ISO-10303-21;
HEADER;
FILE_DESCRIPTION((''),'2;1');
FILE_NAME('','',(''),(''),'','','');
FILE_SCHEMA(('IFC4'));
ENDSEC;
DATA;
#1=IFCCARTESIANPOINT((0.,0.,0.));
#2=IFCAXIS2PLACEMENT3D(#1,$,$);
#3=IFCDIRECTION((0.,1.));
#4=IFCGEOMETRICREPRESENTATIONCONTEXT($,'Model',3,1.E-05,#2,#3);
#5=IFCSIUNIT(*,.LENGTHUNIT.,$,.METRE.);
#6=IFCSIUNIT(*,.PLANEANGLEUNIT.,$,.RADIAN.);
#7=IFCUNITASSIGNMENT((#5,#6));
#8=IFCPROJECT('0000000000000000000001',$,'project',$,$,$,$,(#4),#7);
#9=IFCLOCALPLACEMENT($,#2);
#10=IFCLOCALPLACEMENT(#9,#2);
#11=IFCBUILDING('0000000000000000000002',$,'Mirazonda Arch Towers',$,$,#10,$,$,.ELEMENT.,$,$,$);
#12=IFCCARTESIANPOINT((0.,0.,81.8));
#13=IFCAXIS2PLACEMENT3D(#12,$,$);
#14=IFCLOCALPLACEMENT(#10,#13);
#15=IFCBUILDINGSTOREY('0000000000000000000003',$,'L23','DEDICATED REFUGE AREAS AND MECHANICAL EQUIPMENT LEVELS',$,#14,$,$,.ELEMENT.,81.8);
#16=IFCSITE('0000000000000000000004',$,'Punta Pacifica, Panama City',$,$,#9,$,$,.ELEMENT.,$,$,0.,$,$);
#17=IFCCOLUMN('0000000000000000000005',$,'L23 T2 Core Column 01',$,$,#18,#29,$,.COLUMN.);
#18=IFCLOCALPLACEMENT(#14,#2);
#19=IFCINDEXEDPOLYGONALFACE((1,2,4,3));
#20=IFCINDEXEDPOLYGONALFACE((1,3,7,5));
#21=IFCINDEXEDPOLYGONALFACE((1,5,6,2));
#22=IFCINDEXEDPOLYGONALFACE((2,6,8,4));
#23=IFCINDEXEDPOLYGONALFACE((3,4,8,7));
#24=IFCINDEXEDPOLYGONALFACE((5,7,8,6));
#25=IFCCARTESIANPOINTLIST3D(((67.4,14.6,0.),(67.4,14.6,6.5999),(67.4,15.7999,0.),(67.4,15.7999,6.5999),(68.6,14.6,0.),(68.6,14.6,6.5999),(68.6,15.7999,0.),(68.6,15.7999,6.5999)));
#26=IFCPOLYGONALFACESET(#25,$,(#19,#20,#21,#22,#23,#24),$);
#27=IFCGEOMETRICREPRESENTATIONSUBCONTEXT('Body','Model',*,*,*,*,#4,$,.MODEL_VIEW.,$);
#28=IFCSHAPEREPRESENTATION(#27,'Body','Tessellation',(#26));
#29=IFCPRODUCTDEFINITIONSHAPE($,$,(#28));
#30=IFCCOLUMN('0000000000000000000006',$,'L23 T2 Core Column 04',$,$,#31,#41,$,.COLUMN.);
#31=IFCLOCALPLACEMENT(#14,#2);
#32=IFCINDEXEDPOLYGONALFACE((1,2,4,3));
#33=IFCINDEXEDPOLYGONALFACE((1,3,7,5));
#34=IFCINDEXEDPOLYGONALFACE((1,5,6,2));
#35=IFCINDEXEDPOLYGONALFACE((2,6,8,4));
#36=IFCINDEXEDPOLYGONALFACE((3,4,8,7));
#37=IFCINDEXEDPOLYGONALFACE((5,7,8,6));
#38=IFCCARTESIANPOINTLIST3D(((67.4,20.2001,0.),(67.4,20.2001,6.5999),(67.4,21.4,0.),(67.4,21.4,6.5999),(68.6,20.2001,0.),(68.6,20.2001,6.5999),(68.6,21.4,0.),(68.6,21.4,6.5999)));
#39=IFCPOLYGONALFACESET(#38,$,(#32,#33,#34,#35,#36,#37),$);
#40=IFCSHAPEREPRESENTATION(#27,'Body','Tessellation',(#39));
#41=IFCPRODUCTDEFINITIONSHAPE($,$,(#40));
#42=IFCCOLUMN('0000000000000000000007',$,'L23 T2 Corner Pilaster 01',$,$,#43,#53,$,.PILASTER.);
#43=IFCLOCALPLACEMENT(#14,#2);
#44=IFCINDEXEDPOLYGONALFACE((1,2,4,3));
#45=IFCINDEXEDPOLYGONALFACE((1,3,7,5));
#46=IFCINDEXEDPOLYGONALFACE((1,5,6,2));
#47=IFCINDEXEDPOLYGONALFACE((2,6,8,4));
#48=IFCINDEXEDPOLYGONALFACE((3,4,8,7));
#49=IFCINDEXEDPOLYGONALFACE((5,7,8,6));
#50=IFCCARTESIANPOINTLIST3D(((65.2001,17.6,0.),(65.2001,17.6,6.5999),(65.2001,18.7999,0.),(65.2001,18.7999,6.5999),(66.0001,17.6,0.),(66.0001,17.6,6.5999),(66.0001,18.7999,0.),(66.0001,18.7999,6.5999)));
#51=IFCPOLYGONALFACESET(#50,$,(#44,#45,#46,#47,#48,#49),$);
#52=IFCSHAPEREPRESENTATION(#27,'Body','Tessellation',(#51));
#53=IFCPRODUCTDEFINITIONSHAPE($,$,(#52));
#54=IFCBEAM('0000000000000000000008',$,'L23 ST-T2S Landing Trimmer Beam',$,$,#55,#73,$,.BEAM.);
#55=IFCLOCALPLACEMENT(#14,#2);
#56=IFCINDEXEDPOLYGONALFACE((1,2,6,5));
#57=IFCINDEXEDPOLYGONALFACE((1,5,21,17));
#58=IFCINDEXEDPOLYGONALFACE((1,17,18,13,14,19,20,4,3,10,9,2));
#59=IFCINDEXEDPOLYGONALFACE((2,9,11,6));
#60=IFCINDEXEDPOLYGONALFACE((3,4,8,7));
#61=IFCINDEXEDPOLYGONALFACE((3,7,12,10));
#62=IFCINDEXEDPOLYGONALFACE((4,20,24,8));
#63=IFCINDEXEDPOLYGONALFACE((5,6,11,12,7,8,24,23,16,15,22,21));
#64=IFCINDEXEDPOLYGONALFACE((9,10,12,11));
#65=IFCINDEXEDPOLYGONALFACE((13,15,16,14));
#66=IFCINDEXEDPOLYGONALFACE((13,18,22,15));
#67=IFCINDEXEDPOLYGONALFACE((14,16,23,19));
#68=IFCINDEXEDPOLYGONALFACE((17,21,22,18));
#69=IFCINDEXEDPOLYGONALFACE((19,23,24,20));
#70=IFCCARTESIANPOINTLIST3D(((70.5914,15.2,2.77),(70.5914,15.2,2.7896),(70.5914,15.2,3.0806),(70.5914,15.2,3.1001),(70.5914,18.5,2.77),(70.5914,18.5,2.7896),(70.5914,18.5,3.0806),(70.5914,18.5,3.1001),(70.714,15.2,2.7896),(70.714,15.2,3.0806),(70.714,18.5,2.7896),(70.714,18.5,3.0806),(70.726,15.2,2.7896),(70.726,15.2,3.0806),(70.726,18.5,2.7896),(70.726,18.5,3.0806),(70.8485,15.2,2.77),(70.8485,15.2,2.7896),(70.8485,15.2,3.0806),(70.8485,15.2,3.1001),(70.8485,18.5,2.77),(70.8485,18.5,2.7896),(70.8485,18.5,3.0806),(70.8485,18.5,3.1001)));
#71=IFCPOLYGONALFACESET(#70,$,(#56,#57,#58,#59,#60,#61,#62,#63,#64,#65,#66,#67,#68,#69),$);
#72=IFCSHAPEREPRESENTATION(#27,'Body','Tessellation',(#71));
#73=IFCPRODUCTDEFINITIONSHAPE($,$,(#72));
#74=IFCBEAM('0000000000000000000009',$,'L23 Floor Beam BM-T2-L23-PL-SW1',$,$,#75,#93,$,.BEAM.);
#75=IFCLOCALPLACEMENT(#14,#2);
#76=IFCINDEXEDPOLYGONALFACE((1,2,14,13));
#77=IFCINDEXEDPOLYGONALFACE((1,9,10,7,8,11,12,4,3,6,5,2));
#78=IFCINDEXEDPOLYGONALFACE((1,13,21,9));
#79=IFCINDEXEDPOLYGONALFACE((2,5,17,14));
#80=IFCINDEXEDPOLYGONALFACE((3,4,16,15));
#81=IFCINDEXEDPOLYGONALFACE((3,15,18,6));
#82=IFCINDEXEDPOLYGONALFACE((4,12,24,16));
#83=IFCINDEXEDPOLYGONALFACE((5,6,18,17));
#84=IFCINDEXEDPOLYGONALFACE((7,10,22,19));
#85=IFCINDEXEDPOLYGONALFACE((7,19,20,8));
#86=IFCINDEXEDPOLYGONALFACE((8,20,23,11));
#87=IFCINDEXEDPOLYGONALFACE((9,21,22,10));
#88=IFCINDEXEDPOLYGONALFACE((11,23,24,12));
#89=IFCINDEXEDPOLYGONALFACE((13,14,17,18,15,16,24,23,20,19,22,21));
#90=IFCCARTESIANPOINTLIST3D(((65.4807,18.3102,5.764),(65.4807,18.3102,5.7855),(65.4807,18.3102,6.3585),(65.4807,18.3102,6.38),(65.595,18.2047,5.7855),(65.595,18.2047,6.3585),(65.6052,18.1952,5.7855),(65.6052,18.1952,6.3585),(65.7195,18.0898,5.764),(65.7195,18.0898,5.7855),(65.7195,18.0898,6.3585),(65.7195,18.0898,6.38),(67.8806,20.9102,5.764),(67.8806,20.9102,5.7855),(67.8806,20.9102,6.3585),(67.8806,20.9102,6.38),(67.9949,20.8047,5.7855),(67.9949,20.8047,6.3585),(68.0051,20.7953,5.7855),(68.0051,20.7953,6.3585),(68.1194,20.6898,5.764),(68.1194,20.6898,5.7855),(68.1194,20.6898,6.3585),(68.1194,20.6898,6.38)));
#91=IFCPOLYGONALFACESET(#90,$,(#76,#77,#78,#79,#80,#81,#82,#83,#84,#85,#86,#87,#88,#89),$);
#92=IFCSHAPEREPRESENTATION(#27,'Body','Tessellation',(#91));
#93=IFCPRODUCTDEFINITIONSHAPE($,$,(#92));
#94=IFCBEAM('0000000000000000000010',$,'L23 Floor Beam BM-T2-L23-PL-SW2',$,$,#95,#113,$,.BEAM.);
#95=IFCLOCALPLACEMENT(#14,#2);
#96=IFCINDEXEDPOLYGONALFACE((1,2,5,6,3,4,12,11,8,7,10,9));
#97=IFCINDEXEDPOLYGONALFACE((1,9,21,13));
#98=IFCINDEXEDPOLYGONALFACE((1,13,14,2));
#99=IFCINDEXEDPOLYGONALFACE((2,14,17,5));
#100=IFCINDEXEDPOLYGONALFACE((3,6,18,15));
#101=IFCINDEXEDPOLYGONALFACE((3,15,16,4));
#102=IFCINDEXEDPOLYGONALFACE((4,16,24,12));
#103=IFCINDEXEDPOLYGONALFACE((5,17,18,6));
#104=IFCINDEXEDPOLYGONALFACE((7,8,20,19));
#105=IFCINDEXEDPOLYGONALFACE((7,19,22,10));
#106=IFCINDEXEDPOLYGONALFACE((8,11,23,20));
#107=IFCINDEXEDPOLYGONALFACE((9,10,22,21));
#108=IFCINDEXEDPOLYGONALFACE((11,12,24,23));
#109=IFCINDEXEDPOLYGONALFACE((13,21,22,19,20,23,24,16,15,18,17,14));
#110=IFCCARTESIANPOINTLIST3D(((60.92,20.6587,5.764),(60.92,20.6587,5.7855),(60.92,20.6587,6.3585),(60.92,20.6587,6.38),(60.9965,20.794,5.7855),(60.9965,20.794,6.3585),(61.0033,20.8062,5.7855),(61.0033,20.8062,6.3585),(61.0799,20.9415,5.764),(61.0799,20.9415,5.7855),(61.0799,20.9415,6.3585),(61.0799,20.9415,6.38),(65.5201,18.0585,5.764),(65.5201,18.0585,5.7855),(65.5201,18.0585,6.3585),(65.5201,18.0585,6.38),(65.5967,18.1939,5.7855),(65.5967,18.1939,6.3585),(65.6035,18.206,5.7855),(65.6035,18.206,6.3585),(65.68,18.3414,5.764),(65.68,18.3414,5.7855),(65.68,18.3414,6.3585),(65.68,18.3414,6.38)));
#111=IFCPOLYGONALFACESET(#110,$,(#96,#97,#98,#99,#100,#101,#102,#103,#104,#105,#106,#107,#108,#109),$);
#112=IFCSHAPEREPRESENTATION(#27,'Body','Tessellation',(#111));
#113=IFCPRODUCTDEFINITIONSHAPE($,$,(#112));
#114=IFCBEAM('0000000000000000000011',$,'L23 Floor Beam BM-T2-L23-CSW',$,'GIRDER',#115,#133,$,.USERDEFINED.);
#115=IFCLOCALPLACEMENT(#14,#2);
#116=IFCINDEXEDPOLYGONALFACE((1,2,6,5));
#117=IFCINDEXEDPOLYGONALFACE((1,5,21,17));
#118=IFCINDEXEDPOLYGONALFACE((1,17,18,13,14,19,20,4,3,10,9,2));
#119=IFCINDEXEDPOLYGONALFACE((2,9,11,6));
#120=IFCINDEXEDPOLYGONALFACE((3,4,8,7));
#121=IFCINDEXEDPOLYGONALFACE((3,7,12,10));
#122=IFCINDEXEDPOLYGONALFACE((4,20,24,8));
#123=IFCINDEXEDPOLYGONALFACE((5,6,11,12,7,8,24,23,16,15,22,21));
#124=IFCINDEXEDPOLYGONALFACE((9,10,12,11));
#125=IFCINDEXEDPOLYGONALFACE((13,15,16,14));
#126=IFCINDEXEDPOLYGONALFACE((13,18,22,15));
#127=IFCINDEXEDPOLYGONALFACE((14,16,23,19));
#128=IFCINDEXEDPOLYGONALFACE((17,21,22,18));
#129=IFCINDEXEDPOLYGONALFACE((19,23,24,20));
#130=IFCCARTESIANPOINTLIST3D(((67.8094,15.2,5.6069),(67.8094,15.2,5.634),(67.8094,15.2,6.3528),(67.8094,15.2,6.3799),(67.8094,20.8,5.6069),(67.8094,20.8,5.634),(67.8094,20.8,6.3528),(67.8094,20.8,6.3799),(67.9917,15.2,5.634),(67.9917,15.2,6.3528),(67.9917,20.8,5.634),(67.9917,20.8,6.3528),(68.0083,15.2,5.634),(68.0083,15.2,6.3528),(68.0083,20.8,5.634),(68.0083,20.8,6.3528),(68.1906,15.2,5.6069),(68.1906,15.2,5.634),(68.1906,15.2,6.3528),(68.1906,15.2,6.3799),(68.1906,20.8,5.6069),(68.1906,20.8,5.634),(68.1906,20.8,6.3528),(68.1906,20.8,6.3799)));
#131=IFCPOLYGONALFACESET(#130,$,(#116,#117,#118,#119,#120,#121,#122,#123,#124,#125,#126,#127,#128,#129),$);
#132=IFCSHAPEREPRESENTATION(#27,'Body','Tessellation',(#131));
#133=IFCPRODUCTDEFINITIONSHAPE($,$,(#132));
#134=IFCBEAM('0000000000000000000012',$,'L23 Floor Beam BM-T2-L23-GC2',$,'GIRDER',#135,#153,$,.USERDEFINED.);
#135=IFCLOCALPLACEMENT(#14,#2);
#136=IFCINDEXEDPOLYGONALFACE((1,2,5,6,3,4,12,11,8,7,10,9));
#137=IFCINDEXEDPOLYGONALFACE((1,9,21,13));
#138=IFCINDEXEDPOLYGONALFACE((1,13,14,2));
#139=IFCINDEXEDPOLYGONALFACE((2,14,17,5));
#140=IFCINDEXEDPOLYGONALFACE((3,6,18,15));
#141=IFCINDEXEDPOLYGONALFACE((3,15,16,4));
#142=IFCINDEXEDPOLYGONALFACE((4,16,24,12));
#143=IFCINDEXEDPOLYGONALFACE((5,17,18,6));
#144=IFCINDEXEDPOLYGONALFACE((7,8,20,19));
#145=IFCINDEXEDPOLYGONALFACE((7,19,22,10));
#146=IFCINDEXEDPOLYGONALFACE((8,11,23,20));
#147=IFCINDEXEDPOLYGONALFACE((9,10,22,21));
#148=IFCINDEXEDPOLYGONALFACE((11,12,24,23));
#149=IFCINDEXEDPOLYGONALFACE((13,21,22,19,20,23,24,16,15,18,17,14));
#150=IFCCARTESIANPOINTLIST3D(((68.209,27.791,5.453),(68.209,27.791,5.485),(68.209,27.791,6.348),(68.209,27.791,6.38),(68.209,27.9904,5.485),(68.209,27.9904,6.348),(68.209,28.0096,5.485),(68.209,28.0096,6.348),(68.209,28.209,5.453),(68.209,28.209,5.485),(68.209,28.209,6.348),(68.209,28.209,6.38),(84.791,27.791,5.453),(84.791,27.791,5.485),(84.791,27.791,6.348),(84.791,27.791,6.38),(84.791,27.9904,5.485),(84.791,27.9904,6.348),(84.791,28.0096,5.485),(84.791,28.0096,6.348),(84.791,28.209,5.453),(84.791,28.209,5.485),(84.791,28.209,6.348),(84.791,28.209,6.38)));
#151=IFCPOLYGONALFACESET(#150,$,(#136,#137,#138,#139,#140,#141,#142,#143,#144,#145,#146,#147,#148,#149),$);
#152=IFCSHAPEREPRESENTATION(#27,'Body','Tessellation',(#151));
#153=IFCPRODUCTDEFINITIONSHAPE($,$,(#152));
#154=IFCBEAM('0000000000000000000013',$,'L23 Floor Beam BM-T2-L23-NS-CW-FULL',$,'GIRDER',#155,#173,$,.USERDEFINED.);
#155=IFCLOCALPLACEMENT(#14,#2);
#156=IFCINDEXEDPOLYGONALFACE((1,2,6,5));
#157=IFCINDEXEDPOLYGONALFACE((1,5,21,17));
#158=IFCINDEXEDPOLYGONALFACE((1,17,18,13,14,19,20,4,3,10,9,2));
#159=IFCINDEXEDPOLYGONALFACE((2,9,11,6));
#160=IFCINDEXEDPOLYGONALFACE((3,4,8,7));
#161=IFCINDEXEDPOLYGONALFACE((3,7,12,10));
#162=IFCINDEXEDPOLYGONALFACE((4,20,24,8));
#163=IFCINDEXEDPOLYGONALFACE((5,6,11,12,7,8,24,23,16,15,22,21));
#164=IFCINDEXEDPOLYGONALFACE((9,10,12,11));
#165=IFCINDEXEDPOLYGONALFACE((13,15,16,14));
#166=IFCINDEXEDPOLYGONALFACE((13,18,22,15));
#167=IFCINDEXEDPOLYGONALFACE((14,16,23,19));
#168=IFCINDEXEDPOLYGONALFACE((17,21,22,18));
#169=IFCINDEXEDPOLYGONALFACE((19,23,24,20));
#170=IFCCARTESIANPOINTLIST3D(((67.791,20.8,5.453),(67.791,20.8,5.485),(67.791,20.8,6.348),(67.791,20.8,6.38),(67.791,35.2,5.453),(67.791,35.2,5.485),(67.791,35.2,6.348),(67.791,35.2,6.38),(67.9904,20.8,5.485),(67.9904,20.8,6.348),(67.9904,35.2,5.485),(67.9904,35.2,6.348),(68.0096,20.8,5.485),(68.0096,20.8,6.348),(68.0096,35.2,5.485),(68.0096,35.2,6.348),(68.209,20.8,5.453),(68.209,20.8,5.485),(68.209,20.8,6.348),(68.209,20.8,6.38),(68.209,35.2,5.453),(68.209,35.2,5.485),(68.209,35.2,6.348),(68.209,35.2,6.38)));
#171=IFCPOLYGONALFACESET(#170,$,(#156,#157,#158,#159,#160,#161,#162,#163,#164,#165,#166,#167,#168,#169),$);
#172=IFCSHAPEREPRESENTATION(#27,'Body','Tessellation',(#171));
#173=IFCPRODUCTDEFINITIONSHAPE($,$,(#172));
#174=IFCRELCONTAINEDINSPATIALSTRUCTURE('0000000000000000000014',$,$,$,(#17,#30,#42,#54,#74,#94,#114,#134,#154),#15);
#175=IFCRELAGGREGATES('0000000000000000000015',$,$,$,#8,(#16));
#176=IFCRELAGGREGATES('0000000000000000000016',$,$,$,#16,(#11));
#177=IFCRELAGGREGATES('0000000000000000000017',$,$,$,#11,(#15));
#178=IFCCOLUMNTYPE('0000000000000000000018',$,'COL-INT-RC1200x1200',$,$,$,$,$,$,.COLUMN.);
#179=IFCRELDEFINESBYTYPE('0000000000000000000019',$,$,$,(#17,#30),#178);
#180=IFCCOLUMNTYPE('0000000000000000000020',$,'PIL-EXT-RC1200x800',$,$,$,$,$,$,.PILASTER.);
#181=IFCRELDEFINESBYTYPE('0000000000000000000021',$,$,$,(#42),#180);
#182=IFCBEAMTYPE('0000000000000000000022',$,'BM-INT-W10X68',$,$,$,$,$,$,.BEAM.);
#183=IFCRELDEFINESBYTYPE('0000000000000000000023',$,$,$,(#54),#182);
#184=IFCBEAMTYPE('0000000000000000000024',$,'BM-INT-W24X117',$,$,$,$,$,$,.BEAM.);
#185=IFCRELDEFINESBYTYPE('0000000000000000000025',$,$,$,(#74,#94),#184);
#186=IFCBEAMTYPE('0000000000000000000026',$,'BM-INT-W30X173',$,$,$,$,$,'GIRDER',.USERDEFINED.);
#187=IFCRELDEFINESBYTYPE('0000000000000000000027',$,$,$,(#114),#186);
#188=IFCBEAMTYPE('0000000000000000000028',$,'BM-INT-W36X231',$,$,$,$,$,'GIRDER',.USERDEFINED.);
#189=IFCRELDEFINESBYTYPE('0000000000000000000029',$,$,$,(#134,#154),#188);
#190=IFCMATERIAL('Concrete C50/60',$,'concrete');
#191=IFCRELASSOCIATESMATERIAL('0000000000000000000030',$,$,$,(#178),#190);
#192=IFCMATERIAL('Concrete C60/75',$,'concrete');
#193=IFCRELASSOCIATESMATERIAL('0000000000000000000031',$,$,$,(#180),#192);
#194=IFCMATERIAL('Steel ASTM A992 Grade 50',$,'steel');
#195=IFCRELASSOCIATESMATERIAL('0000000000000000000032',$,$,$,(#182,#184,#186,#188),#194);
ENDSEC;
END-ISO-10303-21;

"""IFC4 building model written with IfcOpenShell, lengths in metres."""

from ifc_helpers import new_model, si_unit, direction, frame, origin, origin_2d, place, context, subcontext, project, spatial, rectangle, i_section, extrude, material, material_profile, profile_set, type_object, element, save


model = new_model("IFC4")

# Units and contexts
model_context = context("Model", 3, precision=1e-05, world=origin(), true_north=direction((0.0, 1.0)))
body_context = subcontext(model_context, "Body", "Model", "MODEL_VIEW")
ifc_project = project(units=[si_unit("LENGTHUNIT", "METRE"), si_unit("PLANEANGLEUNIT", "RADIAN")], contexts=[model_context])

# Site, building, storey
site_placement = place(None, origin())
site = spatial("IfcSite", under=ifc_project, at=site_placement, Name="Punta Pacifica, Panama City", CompositionType="ELEMENT", RefElevation=0.0)
building_placement = place(site_placement, origin())
building = spatial("IfcBuilding", under=site, at=building_placement, Name="Mirazonda Arch Towers", CompositionType="ELEMENT")
storey_placement = place(building_placement, frame((0.0, 0.0, 81.8)))
storey = spatial("IfcBuildingStorey", under=building, at=storey_placement, Name="L23", Description="DEDICATED REFUGE AREAS AND MECHANICAL EQUIPMENT LEVELS", CompositionType="ELEMENT", Elevation=81.8)

# Columns
ifc_material_1 = material(Name="Concrete C50/60", Category="concrete")
ifc_material_profile_1 = material_profile(ifc_material_1, rectangle(XDim=1.2, YDim=1.2, at=origin_2d()), Name="RC1200x1200")
ifc_profile_set_1 = profile_set([ifc_material_profile_1], Name="Concrete C50/60")
column_type_1 = type_object("IfcColumnType", Name="COL-INT-RC1200x1200", PredefinedType="COLUMN", material=ifc_profile_set_1)
for number, where, z_axis, x_axis, name in (
    (1, (68.0, 15.2, 0.0), (0.0, 0.0, 1.0), (1.0, 0.0, 0.0), "L23 T2 Core Column 01"),
    (2, (68.0, 20.8, 0.0), (0.0, 0.0, 1.0), (1.0, 0.0, 0.0), "L23 T2 Core Column 04"),
):
    element("IfcColumn", number, at=place(storey_placement, frame(where, z_axis=z_axis, x_axis=x_axis)), inside=storey, type_object=column_type_1, Name=name, PredefinedType="COLUMN", context=body_context, shape_type="SweptSolid", body=[
        extrude(rectangle(XDim=1.2, YDim=1.2, at=origin_2d()), origin(), (0.0, 0.0, 1.0), 6.5999),
    ])
ifc_material_2 = material(Name="Concrete C60/75", Category="concrete")
ifc_material_profile_2 = material_profile(ifc_material_2, rectangle(XDim=0.8, YDim=1.2, at=origin_2d()), Name="RC1200x800")
ifc_profile_set_2 = profile_set([ifc_material_profile_2], Name="Concrete C60/75")
column_type_2 = type_object("IfcColumnType", Name="PIL-EXT-RC1200x800", PredefinedType="PILASTER", material=ifc_profile_set_2)
column_placement = place(storey_placement, frame((65.6001, 18.2, 0.0), z_axis=(0.0, 0.0, 1.0), x_axis=(1.0, 0.0, 0.0)))
element("IfcColumn", 3, at=column_placement, inside=storey, type_object=column_type_2, Name="L23 T2 Corner Pilaster 01", PredefinedType="PILASTER", context=body_context, shape_type="SweptSolid", body=[
    extrude(rectangle(XDim=0.8, YDim=1.2, at=origin_2d()), origin(), (0.0, 0.0, 1.0), 6.5999),
])

# Beams
ifc_material_3 = material(Name="Steel ASTM A992 Grade 50", Category="steel")
ifc_material_profile_3 = material_profile(ifc_material_3, i_section(OverallWidth=0.2571, OverallDepth=0.3301, WebThickness=0.012, FlangeThickness=0.0195, at=origin_2d()), Name="W10X68")
ifc_profile_set_3 = profile_set([ifc_material_profile_3], Name="Steel ASTM A992 Grade 50")
beam_type_1 = type_object("IfcBeamType", Name="BM-INT-W10X68", PredefinedType="BEAM", material=ifc_profile_set_3)
beam_1_placement = place(storey_placement, frame((70.72, 15.2, 2.9351), z_axis=(0.0, 1.0, 0.0), x_axis=(-1.0, 0.0, 0.0)))
element("IfcBeam", 4, at=beam_1_placement, inside=storey, type_object=beam_type_1, Name="L23 ST-T2S Landing Trimmer Beam", PredefinedType="BEAM", context=body_context, shape_type="SweptSolid", body=[
    extrude(i_section(OverallWidth=0.2571, OverallDepth=0.3301, WebThickness=0.012, FlangeThickness=0.0195, at=origin_2d()), origin(), (0.0, 0.0, 1.0), 3.3),
])
ifc_material_profile_4 = material_profile(ifc_material_3, i_section(OverallWidth=0.325, OverallDepth=0.616, WebThickness=0.0139, FlangeThickness=0.0215, at=origin_2d()), Name="W24X117")
ifc_profile_set_4 = profile_set([ifc_material_profile_4], Name="Steel ASTM A992 Grade 50")
beam_type_2 = type_object("IfcBeamType", Name="BM-INT-W24X117", PredefinedType="BEAM", material=ifc_profile_set_4)
beam_2_placement = place(storey_placement, frame((65.6001, 18.2, 6.072), z_axis=(0.678251, 0.73483, 0.0), x_axis=(-0.73483, 0.678251, 0.0)))
element("IfcBeam", 5, at=beam_2_placement, inside=storey, type_object=beam_type_2, Name="L23 Floor Beam BM-T2-L23-PL-SW1", PredefinedType="BEAM", context=body_context, shape_type="SweptSolid", body=[
    extrude(i_section(OverallWidth=0.325, OverallDepth=0.616, WebThickness=0.0139, FlangeThickness=0.0215, at=origin_2d()), origin(), (0.0, 0.0, 1.0), 3.5383),
])
beam_3_placement = place(storey_placement, frame((65.6001, 18.2, 6.072), z_axis=(-0.870559, 0.492063, 0.0), x_axis=(-0.492063, -0.870559, 0.0)))
element("IfcBeam", 6, at=beam_3_placement, inside=storey, type_object=beam_type_2, Name="L23 Floor Beam BM-T2-L23-PL-SW2", PredefinedType="BEAM", context=body_context, shape_type="SweptSolid", body=[
    extrude(i_section(OverallWidth=0.325, OverallDepth=0.616, WebThickness=0.0139, FlangeThickness=0.0215, at=origin_2d()), origin(), (0.0, 0.0, 1.0), 5.2842),
])
ifc_material_profile_5 = material_profile(ifc_material_3, i_section(OverallWidth=0.3811, OverallDepth=0.7729, WebThickness=0.0166, FlangeThickness=0.0271, at=origin_2d()), Name="W30X173")
ifc_profile_set_5 = profile_set([ifc_material_profile_5], Name="Steel ASTM A992 Grade 50")
beam_type_3 = type_object("IfcBeamType", Name="BM-INT-W30X173", ElementType="GIRDER", PredefinedType="USERDEFINED", material=ifc_profile_set_5)
beam_4_placement = place(storey_placement, frame((68.0, 15.2, 5.9934), z_axis=(0.0, 1.0, 0.0), x_axis=(-1.0, 0.0, 0.0)))
element("IfcBeam", 7, at=beam_4_placement, inside=storey, type_object=beam_type_3, Name="L23 Floor Beam BM-T2-L23-CSW", ObjectType="GIRDER", PredefinedType="USERDEFINED", context=body_context, shape_type="SweptSolid", body=[
    extrude(i_section(OverallWidth=0.3811, OverallDepth=0.7729, WebThickness=0.0166, FlangeThickness=0.0271, at=origin_2d()), origin(), (0.0, 0.0, 1.0), 5.6001),
])
ifc_material_profile_6 = material_profile(ifc_material_3, i_section(OverallWidth=0.418, OverallDepth=0.927, WebThickness=0.0193, FlangeThickness=0.032, at=origin_2d()), Name="W36X231")
ifc_profile_set_6 = profile_set([ifc_material_profile_6], Name="Steel ASTM A992 Grade 50")
beam_type_4 = type_object("IfcBeamType", Name="BM-INT-W36X231", ElementType="GIRDER", PredefinedType="USERDEFINED", material=ifc_profile_set_6)
beam_5_placement = place(storey_placement, frame((68.209, 28.0, 5.9165), z_axis=(1.0, 0.0, 0.0), x_axis=(0.0, 1.0, 0.0)))
element("IfcBeam", 8, at=beam_5_placement, inside=storey, type_object=beam_type_4, Name="L23 Floor Beam BM-T2-L23-GC2", ObjectType="GIRDER", PredefinedType="USERDEFINED", context=body_context, shape_type="SweptSolid", body=[
    extrude(i_section(OverallWidth=0.418, OverallDepth=0.927, WebThickness=0.0193, FlangeThickness=0.032, at=origin_2d()), origin(), (0.0, 0.0, 1.0), 16.582),
])
beam_6_placement = place(storey_placement, frame((68.0, 20.8, 5.9165), z_axis=(0.0, 1.0, 0.0), x_axis=(-1.0, 0.0, 0.0)))
element("IfcBeam", 9, at=beam_6_placement, inside=storey, type_object=beam_type_4, Name="L23 Floor Beam BM-T2-L23-NS-CW-FULL", ObjectType="GIRDER", PredefinedType="USERDEFINED", context=body_context, shape_type="SweptSolid", body=[
    extrude(i_section(OverallWidth=0.418, OverallDepth=0.927, WebThickness=0.0193, FlangeThickness=0.032, at=origin_2d()), origin(), (0.0, 0.0, 1.0), 14.3999),
])

save(model, "model.ifc")
